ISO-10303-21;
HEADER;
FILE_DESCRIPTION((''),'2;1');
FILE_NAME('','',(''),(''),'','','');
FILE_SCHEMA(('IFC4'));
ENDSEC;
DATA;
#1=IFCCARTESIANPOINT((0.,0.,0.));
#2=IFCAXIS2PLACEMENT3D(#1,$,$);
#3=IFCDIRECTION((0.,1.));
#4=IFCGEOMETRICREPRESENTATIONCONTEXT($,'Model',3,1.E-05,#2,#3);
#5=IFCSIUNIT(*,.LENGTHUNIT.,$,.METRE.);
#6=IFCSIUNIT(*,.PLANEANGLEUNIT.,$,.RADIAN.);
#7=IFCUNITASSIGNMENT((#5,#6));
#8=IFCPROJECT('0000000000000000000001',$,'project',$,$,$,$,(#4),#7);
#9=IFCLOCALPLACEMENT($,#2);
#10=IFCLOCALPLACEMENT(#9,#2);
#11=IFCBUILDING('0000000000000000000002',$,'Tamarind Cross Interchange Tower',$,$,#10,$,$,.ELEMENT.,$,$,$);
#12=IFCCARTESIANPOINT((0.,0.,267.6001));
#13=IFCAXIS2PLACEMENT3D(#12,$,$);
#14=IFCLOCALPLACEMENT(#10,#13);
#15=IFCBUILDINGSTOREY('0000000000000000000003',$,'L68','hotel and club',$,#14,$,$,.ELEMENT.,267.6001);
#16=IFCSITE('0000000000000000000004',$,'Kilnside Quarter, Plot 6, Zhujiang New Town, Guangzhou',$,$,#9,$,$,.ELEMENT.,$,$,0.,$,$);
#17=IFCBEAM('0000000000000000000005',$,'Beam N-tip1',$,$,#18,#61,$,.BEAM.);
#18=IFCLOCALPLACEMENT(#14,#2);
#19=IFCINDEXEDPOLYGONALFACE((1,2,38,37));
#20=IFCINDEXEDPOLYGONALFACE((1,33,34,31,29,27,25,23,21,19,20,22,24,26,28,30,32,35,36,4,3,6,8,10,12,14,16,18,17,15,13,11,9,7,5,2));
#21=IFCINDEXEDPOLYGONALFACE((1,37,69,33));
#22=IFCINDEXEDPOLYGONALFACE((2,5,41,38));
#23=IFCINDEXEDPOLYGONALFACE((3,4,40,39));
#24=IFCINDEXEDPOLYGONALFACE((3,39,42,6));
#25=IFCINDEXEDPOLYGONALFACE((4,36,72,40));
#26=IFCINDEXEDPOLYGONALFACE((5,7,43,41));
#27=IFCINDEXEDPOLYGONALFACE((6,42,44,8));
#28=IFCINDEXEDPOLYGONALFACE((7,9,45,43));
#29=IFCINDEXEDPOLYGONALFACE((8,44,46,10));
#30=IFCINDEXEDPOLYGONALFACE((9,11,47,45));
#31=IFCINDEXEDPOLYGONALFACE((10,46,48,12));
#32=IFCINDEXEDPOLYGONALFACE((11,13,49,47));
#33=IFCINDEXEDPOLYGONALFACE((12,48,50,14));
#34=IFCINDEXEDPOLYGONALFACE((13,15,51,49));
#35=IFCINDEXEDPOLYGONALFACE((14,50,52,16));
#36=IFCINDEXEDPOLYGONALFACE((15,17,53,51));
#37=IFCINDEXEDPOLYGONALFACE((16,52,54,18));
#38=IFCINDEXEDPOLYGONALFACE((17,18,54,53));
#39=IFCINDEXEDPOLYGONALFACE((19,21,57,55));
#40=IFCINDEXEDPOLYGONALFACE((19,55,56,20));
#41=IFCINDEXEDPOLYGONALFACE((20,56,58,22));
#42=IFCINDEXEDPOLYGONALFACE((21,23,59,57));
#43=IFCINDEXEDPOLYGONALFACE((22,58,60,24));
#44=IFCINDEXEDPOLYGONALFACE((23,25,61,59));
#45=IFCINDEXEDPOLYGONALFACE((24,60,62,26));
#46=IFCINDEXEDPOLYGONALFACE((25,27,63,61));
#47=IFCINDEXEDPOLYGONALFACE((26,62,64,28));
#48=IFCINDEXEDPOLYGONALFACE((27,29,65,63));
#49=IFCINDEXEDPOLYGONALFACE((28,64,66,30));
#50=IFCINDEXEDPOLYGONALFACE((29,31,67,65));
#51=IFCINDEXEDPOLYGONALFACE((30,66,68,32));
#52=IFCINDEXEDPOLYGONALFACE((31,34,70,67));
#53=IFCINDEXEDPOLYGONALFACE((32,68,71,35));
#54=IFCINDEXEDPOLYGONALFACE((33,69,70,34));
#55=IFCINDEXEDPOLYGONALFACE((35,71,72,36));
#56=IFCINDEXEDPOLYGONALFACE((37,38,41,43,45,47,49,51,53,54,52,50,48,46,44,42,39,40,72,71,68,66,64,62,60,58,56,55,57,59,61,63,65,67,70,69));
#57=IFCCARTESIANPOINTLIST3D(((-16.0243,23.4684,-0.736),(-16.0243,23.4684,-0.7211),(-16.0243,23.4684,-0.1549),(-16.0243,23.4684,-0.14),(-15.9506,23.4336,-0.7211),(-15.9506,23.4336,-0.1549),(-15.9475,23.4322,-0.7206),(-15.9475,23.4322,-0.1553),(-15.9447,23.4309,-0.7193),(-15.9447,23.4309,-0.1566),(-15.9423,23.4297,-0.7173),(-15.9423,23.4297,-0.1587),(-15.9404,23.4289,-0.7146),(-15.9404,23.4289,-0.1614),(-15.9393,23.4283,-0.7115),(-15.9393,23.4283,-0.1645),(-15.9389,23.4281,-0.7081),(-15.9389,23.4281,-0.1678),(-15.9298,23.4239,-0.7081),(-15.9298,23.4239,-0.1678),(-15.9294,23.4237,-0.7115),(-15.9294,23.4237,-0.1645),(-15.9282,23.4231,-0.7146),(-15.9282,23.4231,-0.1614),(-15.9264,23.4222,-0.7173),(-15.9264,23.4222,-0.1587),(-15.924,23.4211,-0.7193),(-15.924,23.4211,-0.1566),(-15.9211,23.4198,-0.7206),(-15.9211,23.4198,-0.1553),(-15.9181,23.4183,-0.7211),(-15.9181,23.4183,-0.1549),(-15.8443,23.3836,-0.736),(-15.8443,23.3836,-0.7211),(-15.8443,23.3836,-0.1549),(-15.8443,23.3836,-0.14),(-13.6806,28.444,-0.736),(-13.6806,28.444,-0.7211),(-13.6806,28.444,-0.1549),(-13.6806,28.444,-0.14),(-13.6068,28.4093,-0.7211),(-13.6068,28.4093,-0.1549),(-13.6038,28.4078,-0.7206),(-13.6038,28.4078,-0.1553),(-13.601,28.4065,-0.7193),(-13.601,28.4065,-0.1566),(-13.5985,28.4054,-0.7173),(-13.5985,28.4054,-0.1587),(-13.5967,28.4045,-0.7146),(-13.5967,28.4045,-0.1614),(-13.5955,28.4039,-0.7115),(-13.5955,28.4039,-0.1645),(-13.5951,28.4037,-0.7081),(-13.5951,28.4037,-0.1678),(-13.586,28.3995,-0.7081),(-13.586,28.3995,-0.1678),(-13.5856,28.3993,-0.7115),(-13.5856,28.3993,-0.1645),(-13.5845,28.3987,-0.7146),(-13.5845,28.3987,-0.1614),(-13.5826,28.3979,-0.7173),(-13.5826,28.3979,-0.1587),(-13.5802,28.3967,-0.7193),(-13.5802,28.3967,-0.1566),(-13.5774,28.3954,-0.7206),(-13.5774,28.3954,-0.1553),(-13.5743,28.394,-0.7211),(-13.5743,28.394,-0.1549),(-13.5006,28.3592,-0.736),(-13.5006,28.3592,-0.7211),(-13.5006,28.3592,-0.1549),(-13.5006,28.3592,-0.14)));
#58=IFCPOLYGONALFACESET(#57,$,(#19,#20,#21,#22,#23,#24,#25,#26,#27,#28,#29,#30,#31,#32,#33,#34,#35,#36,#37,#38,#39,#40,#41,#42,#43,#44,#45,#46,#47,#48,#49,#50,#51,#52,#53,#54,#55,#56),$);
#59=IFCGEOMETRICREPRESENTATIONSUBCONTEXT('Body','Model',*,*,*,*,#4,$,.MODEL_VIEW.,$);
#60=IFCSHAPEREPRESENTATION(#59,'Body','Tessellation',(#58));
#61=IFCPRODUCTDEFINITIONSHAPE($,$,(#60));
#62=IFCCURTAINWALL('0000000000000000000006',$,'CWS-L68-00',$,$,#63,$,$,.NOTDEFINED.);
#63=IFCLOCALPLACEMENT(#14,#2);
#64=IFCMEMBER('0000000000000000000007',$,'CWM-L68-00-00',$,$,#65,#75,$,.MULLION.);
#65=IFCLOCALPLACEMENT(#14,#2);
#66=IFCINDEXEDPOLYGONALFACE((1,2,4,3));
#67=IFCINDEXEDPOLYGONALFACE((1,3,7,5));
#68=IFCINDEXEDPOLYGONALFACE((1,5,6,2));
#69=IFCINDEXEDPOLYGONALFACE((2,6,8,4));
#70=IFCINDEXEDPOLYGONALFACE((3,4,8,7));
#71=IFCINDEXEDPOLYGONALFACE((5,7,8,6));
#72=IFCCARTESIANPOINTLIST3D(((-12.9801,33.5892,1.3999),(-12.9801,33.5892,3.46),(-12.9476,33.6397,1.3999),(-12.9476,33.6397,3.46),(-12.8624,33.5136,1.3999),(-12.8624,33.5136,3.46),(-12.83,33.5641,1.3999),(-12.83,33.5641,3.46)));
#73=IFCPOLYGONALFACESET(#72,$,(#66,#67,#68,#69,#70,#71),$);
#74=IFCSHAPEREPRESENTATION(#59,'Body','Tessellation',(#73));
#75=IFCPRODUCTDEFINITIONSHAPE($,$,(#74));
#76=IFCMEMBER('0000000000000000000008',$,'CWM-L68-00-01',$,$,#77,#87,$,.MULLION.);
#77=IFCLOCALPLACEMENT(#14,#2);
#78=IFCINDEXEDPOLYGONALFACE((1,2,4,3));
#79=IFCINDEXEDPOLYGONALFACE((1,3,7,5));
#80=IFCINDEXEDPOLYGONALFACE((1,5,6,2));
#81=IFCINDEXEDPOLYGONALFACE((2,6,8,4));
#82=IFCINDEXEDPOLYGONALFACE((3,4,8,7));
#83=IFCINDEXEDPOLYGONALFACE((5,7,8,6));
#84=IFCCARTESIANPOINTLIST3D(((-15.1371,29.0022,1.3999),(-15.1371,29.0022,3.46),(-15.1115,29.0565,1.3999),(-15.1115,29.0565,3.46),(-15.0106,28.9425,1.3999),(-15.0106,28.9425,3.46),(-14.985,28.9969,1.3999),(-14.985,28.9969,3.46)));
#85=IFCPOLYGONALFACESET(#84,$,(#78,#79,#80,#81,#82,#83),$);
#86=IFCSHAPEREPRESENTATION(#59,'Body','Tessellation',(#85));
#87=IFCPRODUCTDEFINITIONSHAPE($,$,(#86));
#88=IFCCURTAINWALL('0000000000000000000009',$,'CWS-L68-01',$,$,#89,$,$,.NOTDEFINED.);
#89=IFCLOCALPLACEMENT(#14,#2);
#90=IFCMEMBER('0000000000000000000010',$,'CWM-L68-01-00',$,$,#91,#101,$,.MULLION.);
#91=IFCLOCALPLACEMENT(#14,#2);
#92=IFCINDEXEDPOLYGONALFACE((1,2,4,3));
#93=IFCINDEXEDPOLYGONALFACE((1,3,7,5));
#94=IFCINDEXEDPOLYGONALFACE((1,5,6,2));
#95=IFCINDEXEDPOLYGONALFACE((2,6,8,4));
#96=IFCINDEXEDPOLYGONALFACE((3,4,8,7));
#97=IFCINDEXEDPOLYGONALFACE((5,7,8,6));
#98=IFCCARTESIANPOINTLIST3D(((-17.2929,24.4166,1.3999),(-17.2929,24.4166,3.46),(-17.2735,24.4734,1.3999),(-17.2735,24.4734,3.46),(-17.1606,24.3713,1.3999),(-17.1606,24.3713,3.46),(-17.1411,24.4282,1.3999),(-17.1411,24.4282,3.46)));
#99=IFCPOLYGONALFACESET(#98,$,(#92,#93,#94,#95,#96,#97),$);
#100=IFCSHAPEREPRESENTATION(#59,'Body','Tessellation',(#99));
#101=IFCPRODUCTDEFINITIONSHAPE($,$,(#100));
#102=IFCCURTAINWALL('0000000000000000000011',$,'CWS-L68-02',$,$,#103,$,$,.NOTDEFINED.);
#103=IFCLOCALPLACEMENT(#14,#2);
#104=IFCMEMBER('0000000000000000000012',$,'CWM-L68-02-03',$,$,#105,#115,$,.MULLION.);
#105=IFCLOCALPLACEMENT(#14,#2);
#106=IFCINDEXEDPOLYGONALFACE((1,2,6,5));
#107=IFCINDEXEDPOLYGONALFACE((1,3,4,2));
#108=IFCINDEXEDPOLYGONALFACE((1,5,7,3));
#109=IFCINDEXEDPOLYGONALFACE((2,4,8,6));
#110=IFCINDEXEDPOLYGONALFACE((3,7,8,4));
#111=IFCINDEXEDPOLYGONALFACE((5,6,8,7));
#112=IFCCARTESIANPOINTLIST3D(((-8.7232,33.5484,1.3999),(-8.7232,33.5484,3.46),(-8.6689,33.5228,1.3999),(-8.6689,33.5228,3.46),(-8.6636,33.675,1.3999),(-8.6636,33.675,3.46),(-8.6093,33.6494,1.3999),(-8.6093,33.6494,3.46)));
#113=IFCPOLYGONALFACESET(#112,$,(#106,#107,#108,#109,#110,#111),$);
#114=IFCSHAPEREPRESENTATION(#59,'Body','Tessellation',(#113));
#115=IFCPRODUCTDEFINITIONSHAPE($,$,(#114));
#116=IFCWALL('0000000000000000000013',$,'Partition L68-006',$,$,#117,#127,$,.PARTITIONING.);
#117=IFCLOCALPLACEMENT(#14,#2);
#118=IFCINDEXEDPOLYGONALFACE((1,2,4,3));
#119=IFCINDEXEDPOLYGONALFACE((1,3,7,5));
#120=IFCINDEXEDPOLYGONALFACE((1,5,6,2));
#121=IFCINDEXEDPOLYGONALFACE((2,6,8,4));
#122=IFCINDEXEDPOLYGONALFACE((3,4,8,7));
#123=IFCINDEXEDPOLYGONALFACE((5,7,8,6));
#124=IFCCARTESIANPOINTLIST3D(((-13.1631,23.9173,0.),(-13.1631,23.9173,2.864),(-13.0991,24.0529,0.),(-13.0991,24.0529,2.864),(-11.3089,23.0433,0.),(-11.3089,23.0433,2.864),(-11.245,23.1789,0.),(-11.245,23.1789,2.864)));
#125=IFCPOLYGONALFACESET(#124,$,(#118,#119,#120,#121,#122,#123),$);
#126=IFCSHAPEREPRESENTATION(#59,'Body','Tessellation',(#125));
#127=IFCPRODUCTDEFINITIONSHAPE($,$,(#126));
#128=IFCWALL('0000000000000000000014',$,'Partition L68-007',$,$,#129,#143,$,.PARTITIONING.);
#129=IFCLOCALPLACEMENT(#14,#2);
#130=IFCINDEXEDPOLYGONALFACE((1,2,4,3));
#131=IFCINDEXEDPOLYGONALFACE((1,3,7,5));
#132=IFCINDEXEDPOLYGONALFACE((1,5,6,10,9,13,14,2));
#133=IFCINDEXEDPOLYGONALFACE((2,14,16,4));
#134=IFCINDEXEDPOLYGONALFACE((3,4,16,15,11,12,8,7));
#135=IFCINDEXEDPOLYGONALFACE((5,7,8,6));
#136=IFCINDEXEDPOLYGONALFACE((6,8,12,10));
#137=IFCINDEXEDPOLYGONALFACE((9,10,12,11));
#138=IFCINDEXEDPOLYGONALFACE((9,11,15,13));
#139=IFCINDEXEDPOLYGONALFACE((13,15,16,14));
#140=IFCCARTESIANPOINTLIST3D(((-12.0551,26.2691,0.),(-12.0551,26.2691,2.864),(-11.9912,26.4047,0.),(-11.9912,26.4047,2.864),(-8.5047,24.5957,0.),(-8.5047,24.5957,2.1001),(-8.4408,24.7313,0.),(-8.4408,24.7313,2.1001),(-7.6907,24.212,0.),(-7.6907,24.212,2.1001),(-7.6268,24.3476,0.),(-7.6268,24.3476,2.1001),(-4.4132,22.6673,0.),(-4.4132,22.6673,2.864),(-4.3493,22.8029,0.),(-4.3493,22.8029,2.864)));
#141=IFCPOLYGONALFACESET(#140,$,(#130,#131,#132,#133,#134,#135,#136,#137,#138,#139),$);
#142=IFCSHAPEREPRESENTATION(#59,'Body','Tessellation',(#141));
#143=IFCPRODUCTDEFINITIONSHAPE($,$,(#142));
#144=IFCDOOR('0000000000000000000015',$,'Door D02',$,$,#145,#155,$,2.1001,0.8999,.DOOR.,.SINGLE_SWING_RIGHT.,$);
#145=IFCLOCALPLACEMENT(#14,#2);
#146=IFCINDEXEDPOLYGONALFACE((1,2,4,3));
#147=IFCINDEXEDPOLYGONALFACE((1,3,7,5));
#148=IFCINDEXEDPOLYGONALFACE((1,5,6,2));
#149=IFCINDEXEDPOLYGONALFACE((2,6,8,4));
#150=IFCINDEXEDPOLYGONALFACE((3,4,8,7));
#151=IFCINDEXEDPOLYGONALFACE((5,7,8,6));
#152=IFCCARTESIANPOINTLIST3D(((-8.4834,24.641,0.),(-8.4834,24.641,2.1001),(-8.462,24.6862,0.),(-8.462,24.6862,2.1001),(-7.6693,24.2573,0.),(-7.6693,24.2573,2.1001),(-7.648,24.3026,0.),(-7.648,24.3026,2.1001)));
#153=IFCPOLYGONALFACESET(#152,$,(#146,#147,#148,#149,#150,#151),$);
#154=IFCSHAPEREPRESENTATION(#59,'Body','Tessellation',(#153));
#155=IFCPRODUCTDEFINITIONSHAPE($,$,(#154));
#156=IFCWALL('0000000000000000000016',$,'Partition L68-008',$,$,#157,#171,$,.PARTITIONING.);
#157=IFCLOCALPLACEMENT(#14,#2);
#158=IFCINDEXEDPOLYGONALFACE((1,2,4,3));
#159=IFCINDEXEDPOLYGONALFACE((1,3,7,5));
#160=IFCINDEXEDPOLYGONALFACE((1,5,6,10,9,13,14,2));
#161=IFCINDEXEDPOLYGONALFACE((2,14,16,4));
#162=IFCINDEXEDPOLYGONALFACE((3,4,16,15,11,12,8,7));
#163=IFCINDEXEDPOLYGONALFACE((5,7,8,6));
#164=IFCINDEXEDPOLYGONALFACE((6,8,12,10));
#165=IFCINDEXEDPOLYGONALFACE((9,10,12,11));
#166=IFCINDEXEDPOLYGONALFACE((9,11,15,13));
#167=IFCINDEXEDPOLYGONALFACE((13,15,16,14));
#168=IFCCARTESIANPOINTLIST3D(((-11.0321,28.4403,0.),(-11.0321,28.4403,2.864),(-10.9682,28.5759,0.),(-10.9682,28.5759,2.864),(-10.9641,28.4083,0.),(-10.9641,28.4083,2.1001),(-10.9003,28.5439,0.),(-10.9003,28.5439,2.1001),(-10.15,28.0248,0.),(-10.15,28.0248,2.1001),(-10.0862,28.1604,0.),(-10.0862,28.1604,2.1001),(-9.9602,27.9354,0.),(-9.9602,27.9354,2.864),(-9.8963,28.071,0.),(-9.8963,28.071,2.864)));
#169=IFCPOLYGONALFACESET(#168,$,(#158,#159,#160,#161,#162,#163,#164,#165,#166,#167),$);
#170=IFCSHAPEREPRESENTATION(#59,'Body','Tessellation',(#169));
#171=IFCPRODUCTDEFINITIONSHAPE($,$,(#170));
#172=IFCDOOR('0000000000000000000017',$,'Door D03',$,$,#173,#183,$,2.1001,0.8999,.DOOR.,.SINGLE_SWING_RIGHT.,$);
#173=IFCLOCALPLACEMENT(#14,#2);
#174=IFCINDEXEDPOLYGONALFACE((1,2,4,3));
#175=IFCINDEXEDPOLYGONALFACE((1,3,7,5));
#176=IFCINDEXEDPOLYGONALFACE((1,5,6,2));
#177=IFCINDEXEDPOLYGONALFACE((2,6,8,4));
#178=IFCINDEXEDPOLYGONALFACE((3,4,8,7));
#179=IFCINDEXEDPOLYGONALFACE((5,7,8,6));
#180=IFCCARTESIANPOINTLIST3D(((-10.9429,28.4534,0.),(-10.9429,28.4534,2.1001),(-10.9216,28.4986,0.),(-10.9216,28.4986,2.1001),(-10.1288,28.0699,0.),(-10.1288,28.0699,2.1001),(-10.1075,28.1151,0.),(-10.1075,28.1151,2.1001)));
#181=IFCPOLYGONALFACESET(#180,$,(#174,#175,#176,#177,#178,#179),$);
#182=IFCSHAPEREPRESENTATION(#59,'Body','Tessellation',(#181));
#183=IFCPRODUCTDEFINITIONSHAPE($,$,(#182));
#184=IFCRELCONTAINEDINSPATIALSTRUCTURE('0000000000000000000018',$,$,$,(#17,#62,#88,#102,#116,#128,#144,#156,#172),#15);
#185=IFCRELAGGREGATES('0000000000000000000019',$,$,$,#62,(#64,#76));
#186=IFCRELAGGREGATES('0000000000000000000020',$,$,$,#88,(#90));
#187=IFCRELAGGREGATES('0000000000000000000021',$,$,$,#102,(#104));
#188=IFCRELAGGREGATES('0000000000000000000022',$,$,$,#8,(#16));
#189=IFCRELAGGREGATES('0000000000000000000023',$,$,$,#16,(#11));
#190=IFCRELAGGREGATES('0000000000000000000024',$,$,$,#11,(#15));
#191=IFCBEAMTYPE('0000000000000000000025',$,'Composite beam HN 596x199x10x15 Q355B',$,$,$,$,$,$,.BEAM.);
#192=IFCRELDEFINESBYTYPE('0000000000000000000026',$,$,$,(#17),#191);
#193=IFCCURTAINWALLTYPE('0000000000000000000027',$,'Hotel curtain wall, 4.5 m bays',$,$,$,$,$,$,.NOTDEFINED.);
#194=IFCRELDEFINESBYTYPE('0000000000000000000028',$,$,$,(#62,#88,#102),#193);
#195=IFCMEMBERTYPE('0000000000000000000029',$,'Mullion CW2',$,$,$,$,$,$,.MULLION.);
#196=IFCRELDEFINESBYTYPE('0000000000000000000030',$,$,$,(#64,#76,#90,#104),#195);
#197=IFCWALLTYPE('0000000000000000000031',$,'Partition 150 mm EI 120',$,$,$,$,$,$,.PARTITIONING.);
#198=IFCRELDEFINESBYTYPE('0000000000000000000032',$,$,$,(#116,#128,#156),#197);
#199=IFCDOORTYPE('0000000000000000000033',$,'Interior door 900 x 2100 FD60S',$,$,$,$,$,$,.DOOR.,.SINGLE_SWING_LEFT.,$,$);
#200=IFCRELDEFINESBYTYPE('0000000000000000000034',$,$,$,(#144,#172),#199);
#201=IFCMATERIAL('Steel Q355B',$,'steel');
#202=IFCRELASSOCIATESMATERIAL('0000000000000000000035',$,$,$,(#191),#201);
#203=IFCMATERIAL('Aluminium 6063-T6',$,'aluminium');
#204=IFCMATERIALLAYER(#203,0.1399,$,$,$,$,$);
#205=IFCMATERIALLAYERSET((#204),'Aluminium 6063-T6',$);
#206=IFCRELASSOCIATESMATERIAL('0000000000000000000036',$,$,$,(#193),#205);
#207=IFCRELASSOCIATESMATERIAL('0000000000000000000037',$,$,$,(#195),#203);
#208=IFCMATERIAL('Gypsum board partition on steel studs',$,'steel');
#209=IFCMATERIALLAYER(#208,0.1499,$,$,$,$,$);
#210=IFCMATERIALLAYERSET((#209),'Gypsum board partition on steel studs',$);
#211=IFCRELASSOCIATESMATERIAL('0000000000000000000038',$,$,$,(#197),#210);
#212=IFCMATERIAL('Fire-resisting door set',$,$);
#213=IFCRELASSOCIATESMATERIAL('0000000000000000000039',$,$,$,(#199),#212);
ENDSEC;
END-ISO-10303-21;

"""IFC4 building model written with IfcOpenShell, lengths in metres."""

from ifc_helpers import new_model, si_unit, direction, frame, frame_2d, origin, origin_2d, place, context, subcontext, project, spatial, rectangle, i_section, extrude, material, layer, layer_set, material_profile, profile_set, type_object, element, fill, aggregate, save


model = new_model("IFC4")

# Units and contexts
model_context = context("Model", 3, precision=1e-05, world=origin(), true_north=direction((0.0, 1.0)))
body_context = subcontext(model_context, "Body", "Model", "MODEL_VIEW")
ifc_project = project(units=[si_unit("LENGTHUNIT", "METRE"), si_unit("PLANEANGLEUNIT", "RADIAN")], contexts=[model_context])

# Site, building, storey
site_placement = place(None, origin())
site = spatial("IfcSite", under=ifc_project, at=site_placement, Name="Kilnside Quarter, Plot 6, Zhujiang New Town, Guangzhou", CompositionType="ELEMENT", RefElevation=0.0)
building_placement = place(site_placement, origin())
building = spatial("IfcBuilding", under=site, at=building_placement, Name="Tamarind Cross Interchange Tower", CompositionType="ELEMENT")
storey_placement = place(building_placement, frame((0.0, 0.0, 267.6001)))
storey = spatial("IfcBuildingStorey", under=building, at=storey_placement, Name="L68", Description="hotel and club", CompositionType="ELEMENT", Elevation=267.6001)

# Beam
ifc_material_1 = material(Name="Steel Q355B", Category="steel")
ifc_material_profile_1 = material_profile(ifc_material_1, i_section(OverallWidth=0.199, OverallDepth=0.5959, WebThickness=0.01, FlangeThickness=0.0149, FilletRadius=0.0129, at=origin_2d()), Name="HN 596x199x10x15")
ifc_profile_set_1 = profile_set([ifc_material_profile_1], Name="Steel Q355B")
beam_type_1 = type_object("IfcBeamType", Name="Composite beam HN 596x199x10x15 Q355B", PredefinedType="BEAM", material=ifc_profile_set_1)
beam_1_placement = place(storey_placement, frame((-13.5906, 28.4016, -0.438), z_axis=(-0.426139, -0.904658, 0.0), x_axis=(0.904658, -0.426139, 0.0)))
element("IfcBeam", 1, at=beam_1_placement, inside=storey, type_object=beam_type_1, Name="Beam N-tip1", PredefinedType="BEAM", context=body_context, shape_type="SweptSolid", body=[
    extrude(i_section(OverallWidth=0.199, OverallDepth=0.5959, WebThickness=0.01, FlangeThickness=0.0149, FilletRadius=0.0129, at=origin_2d()), origin(), (0.0, 0.0, 1.0), 5.5),
])

# Curtain wall, members
ifc_material_2 = material(Name="Aluminium 6063-T6", Category="aluminium")
ifc_layer_1 = layer(ifc_material_2, 0.1399)
ifc_layer_set_1 = layer_set([ifc_layer_1], Name="Aluminium 6063-T6")
curtain_wall_type = type_object("IfcCurtainWallType", Name="Hotel curtain wall, 4.5 m bays", PredefinedType="NOTDEFINED", material=ifc_layer_set_1)
curtain_wall_1_placement = place(storey_placement, origin())
curtain_wall_1 = element("IfcCurtainWall", 2, at=curtain_wall_1_placement, inside=storey, type_object=curtain_wall_type, Name="CWS-L68-00", PredefinedType="NOTDEFINED")
ifc_material_profile_2 = material_profile(ifc_material_2, rectangle(XDim=0.0601, YDim=0.1399, at=origin_2d()), Name="Mullion CW2")
ifc_profile_set_2 = profile_set([ifc_material_profile_2], Name="Aluminium 6063-T6")
member_type = type_object("IfcMemberType", Name="Mullion CW2", PredefinedType="MULLION", material=ifc_profile_set_2)
member_1_placement = place(storey_placement, frame((-12.905, 33.5767, 1.3999), z_axis=(0.0, 0.0, 1.0), x_axis=(-0.540569, -0.8413, 0.0)))
member_1 = element("IfcMember", 3, at=member_1_placement, type_object=member_type, Name="CWM-L68-00-00", PredefinedType="MULLION", context=body_context, shape_type="SweptSolid", body=[
    extrude(rectangle(XDim=0.0601, YDim=0.1399, at=origin_2d()), origin(), (0.0, 0.0, 1.0), 2.0601),
])
member_2_placement = place(storey_placement, frame((-15.061, 28.9995, 1.3999), z_axis=(0.0, 0.0, 1.0), x_axis=(-0.426133, -0.904661, 0.0)))
member_2 = element("IfcMember", 4, at=member_2_placement, type_object=member_type, Name="CWM-L68-00-01", PredefinedType="MULLION", context=body_context, shape_type="SweptSolid", body=[
    extrude(rectangle(XDim=0.0601, YDim=0.1399, at=origin_2d()), origin(), (0.0, 0.0, 1.0), 2.0601),
])
aggregate(curtain_wall_1, [member_1, member_2])

# Curtain walls, members
curtain_wall_2_placement = place(storey_placement, origin())
curtain_wall_2 = element("IfcCurtainWall", 5, at=curtain_wall_2_placement, inside=storey, type_object=curtain_wall_type, Name="CWS-L68-01", PredefinedType="NOTDEFINED")
member_3_placement = place(storey_placement, frame((-17.217, 24.4224, 1.3999), z_axis=(0.0, 0.0, 1.0), x_axis=(-0.323355, -0.946278, 0.0)))
member_3 = element("IfcMember", 6, at=member_3_placement, type_object=member_type, Name="CWM-L68-01-00", PredefinedType="MULLION", context=body_context, shape_type="SweptSolid", body=[
    extrude(rectangle(XDim=0.0601, YDim=0.1399, at=origin_2d()), origin(), (0.0, 0.0, 1.0), 2.0601),
])
aggregate(curtain_wall_2, [member_3])
curtain_wall_3_placement = place(storey_placement, origin())
curtain_wall_3 = element("IfcCurtainWall", 7, at=curtain_wall_3_placement, inside=storey, type_object=curtain_wall_type, Name="CWS-L68-02", PredefinedType="NOTDEFINED")
member_4_placement = place(storey_placement, frame((-8.6663, 33.5989, 1.3999), z_axis=(0.0, 0.0, 1.0), x_axis=(-0.904661, 0.426133, 0.0)))
member_4 = element("IfcMember", 8, at=member_4_placement, type_object=member_type, Name="CWM-L68-02-03", PredefinedType="MULLION", context=body_context, shape_type="SweptSolid", body=[
    extrude(rectangle(XDim=0.0601, YDim=0.1399, at=origin_2d()), origin(), (0.0, 0.0, 1.0), 2.0601),
])
aggregate(curtain_wall_3, [member_4])

# Wall
ifc_material_3 = material(Name="Gypsum board partition on steel studs", Category="steel")
ifc_layer_2 = layer(ifc_material_3, 0.1499)
ifc_layer_set_2 = layer_set([ifc_layer_2], Name="Gypsum board partition on steel studs")
wall_type = type_object("IfcWallType", Name="Partition 150 mm EI 120", PredefinedType="PARTITIONING", material=ifc_layer_set_2)
wall_1_placement = place(storey_placement, frame((-13.1311, 23.9851, 0.0), z_axis=(0.0, 0.0, 1.0), x_axis=(0.904549, -0.426371, 0.0)))
element("IfcWall", 9, at=wall_1_placement, inside=storey, type_object=wall_type, Name="Partition L68-006", PredefinedType="PARTITIONING", context=body_context, shape_type="SweptSolid", body=[
    extrude(rectangle(XDim=2.0498, YDim=0.1499, at=frame_2d((1.0249, 0.0))), origin(), (0.0, 0.0, 1.0), 2.864),
])

# Walls, openings, doors
wall_2_placement = place(storey_placement, frame((-12.0232, 26.3369, 0.0), z_axis=(0.0, 0.0, 1.0), x_axis=(0.904561, -0.426344, 0.0)))
wall_2 = element("IfcWall", 10, at=wall_2_placement, inside=storey, type_object=wall_type, Name="Partition L68-007", PredefinedType="PARTITIONING", context=body_context, shape_type="SweptSolid", body=[
    extrude(rectangle(XDim=8.4482, YDim=0.1499, at=frame_2d((4.2241, 0.0))), origin(), (0.0, 0.0, 1.0), 2.864),
])
opening_1_placement = place(wall_2_placement, frame((3.925, 0.0, 0.0)))
opening_1 = element("IfcOpeningElement", 11, at=opening_1_placement, cuts=wall_2, PredefinedType="OPENING", context=body_context, shape_type="SweptSolid", body=[
    extrude(rectangle(XDim=0.8999, YDim=2.1001, at=frame_2d((0.45, 1.05))), frame((0.0, 0.085, 0.0), z_axis=(0.0, -1.0, 0.0), x_axis=(1.0, 0.0, 0.0)), (0.0, 0.0, 1.0), 0.1699),
])
ifc_material_4 = material(Name="Fire-resisting door set")
door_type = type_object("IfcDoorType", Name="Interior door 900 x 2100 FD60S", OperationType="SINGLE_SWING_LEFT", PredefinedType="DOOR", material=ifc_material_4)
door_1_placement = place(opening_1_placement, frame((0.8999, 0.0, 0.0), z_axis=(0.0, 0.0, 1.0), x_axis=(-1.0, 0.0, 0.0)))
door_1 = element("IfcDoor", 12, at=door_1_placement, inside=storey, type_object=door_type, Name="Door D02", OperationType="SINGLE_SWING_RIGHT", OverallHeight=2.1001, OverallWidth=0.8999, PredefinedType="DOOR", context=body_context, shape_type="SweptSolid", body=[
    extrude(rectangle(XDim=0.8999, YDim=2.1001, at=frame_2d((0.45, 1.05))), frame((0.0, 0.0249, 0.0), z_axis=(0.0, -1.0, 0.0), x_axis=(1.0, 0.0, 0.0)), (0.0, 0.0, 1.0), 0.05),
])
fill(opening_1, door_1)
wall_3_placement = place(storey_placement, frame((-11.0, 28.5081, 0.0), z_axis=(0.0, 0.0, 1.0), x_axis=(0.904651, -0.426154, 0.0)))
wall_3 = element("IfcWall", 13, at=wall_3_placement, inside=storey, type_object=wall_type, Name="Partition L68-008", PredefinedType="PARTITIONING", context=body_context, shape_type="SweptSolid", body=[
    extrude(rectangle(XDim=1.1848, YDim=0.1499, at=frame_2d((0.5923, 0.0))), origin(), (0.0, 0.0, 1.0), 2.864),
])
opening_2_placement = place(wall_3_placement, frame((0.075, 0.0, 0.0)))
opening_2 = element("IfcOpeningElement", 14, at=opening_2_placement, cuts=wall_3, PredefinedType="OPENING", context=body_context, shape_type="SweptSolid", body=[
    extrude(rectangle(XDim=0.8999, YDim=2.1001, at=frame_2d((0.45, 1.05))), frame((0.0, 0.085, 0.0), z_axis=(0.0, -1.0, 0.0), x_axis=(1.0, 0.0, 0.0)), (0.0, 0.0, 1.0), 0.1699),
])
door_2_placement = place(opening_2_placement, origin())
door_2 = element("IfcDoor", 15, at=door_2_placement, inside=storey, type_object=door_type, Name="Door D03", OperationType="SINGLE_SWING_RIGHT", OverallHeight=2.1001, OverallWidth=0.8999, PredefinedType="DOOR", context=body_context, shape_type="SweptSolid", body=[
    extrude(rectangle(XDim=0.8999, YDim=2.1001, at=frame_2d((0.45, 1.05))), frame((0.0, 0.0249, 0.0), z_axis=(0.0, -1.0, 0.0), x_axis=(1.0, 0.0, 0.0)), (0.0, 0.0, 1.0), 0.05),
])
fill(opening_2, door_2)

save(model, "model.ifc")
